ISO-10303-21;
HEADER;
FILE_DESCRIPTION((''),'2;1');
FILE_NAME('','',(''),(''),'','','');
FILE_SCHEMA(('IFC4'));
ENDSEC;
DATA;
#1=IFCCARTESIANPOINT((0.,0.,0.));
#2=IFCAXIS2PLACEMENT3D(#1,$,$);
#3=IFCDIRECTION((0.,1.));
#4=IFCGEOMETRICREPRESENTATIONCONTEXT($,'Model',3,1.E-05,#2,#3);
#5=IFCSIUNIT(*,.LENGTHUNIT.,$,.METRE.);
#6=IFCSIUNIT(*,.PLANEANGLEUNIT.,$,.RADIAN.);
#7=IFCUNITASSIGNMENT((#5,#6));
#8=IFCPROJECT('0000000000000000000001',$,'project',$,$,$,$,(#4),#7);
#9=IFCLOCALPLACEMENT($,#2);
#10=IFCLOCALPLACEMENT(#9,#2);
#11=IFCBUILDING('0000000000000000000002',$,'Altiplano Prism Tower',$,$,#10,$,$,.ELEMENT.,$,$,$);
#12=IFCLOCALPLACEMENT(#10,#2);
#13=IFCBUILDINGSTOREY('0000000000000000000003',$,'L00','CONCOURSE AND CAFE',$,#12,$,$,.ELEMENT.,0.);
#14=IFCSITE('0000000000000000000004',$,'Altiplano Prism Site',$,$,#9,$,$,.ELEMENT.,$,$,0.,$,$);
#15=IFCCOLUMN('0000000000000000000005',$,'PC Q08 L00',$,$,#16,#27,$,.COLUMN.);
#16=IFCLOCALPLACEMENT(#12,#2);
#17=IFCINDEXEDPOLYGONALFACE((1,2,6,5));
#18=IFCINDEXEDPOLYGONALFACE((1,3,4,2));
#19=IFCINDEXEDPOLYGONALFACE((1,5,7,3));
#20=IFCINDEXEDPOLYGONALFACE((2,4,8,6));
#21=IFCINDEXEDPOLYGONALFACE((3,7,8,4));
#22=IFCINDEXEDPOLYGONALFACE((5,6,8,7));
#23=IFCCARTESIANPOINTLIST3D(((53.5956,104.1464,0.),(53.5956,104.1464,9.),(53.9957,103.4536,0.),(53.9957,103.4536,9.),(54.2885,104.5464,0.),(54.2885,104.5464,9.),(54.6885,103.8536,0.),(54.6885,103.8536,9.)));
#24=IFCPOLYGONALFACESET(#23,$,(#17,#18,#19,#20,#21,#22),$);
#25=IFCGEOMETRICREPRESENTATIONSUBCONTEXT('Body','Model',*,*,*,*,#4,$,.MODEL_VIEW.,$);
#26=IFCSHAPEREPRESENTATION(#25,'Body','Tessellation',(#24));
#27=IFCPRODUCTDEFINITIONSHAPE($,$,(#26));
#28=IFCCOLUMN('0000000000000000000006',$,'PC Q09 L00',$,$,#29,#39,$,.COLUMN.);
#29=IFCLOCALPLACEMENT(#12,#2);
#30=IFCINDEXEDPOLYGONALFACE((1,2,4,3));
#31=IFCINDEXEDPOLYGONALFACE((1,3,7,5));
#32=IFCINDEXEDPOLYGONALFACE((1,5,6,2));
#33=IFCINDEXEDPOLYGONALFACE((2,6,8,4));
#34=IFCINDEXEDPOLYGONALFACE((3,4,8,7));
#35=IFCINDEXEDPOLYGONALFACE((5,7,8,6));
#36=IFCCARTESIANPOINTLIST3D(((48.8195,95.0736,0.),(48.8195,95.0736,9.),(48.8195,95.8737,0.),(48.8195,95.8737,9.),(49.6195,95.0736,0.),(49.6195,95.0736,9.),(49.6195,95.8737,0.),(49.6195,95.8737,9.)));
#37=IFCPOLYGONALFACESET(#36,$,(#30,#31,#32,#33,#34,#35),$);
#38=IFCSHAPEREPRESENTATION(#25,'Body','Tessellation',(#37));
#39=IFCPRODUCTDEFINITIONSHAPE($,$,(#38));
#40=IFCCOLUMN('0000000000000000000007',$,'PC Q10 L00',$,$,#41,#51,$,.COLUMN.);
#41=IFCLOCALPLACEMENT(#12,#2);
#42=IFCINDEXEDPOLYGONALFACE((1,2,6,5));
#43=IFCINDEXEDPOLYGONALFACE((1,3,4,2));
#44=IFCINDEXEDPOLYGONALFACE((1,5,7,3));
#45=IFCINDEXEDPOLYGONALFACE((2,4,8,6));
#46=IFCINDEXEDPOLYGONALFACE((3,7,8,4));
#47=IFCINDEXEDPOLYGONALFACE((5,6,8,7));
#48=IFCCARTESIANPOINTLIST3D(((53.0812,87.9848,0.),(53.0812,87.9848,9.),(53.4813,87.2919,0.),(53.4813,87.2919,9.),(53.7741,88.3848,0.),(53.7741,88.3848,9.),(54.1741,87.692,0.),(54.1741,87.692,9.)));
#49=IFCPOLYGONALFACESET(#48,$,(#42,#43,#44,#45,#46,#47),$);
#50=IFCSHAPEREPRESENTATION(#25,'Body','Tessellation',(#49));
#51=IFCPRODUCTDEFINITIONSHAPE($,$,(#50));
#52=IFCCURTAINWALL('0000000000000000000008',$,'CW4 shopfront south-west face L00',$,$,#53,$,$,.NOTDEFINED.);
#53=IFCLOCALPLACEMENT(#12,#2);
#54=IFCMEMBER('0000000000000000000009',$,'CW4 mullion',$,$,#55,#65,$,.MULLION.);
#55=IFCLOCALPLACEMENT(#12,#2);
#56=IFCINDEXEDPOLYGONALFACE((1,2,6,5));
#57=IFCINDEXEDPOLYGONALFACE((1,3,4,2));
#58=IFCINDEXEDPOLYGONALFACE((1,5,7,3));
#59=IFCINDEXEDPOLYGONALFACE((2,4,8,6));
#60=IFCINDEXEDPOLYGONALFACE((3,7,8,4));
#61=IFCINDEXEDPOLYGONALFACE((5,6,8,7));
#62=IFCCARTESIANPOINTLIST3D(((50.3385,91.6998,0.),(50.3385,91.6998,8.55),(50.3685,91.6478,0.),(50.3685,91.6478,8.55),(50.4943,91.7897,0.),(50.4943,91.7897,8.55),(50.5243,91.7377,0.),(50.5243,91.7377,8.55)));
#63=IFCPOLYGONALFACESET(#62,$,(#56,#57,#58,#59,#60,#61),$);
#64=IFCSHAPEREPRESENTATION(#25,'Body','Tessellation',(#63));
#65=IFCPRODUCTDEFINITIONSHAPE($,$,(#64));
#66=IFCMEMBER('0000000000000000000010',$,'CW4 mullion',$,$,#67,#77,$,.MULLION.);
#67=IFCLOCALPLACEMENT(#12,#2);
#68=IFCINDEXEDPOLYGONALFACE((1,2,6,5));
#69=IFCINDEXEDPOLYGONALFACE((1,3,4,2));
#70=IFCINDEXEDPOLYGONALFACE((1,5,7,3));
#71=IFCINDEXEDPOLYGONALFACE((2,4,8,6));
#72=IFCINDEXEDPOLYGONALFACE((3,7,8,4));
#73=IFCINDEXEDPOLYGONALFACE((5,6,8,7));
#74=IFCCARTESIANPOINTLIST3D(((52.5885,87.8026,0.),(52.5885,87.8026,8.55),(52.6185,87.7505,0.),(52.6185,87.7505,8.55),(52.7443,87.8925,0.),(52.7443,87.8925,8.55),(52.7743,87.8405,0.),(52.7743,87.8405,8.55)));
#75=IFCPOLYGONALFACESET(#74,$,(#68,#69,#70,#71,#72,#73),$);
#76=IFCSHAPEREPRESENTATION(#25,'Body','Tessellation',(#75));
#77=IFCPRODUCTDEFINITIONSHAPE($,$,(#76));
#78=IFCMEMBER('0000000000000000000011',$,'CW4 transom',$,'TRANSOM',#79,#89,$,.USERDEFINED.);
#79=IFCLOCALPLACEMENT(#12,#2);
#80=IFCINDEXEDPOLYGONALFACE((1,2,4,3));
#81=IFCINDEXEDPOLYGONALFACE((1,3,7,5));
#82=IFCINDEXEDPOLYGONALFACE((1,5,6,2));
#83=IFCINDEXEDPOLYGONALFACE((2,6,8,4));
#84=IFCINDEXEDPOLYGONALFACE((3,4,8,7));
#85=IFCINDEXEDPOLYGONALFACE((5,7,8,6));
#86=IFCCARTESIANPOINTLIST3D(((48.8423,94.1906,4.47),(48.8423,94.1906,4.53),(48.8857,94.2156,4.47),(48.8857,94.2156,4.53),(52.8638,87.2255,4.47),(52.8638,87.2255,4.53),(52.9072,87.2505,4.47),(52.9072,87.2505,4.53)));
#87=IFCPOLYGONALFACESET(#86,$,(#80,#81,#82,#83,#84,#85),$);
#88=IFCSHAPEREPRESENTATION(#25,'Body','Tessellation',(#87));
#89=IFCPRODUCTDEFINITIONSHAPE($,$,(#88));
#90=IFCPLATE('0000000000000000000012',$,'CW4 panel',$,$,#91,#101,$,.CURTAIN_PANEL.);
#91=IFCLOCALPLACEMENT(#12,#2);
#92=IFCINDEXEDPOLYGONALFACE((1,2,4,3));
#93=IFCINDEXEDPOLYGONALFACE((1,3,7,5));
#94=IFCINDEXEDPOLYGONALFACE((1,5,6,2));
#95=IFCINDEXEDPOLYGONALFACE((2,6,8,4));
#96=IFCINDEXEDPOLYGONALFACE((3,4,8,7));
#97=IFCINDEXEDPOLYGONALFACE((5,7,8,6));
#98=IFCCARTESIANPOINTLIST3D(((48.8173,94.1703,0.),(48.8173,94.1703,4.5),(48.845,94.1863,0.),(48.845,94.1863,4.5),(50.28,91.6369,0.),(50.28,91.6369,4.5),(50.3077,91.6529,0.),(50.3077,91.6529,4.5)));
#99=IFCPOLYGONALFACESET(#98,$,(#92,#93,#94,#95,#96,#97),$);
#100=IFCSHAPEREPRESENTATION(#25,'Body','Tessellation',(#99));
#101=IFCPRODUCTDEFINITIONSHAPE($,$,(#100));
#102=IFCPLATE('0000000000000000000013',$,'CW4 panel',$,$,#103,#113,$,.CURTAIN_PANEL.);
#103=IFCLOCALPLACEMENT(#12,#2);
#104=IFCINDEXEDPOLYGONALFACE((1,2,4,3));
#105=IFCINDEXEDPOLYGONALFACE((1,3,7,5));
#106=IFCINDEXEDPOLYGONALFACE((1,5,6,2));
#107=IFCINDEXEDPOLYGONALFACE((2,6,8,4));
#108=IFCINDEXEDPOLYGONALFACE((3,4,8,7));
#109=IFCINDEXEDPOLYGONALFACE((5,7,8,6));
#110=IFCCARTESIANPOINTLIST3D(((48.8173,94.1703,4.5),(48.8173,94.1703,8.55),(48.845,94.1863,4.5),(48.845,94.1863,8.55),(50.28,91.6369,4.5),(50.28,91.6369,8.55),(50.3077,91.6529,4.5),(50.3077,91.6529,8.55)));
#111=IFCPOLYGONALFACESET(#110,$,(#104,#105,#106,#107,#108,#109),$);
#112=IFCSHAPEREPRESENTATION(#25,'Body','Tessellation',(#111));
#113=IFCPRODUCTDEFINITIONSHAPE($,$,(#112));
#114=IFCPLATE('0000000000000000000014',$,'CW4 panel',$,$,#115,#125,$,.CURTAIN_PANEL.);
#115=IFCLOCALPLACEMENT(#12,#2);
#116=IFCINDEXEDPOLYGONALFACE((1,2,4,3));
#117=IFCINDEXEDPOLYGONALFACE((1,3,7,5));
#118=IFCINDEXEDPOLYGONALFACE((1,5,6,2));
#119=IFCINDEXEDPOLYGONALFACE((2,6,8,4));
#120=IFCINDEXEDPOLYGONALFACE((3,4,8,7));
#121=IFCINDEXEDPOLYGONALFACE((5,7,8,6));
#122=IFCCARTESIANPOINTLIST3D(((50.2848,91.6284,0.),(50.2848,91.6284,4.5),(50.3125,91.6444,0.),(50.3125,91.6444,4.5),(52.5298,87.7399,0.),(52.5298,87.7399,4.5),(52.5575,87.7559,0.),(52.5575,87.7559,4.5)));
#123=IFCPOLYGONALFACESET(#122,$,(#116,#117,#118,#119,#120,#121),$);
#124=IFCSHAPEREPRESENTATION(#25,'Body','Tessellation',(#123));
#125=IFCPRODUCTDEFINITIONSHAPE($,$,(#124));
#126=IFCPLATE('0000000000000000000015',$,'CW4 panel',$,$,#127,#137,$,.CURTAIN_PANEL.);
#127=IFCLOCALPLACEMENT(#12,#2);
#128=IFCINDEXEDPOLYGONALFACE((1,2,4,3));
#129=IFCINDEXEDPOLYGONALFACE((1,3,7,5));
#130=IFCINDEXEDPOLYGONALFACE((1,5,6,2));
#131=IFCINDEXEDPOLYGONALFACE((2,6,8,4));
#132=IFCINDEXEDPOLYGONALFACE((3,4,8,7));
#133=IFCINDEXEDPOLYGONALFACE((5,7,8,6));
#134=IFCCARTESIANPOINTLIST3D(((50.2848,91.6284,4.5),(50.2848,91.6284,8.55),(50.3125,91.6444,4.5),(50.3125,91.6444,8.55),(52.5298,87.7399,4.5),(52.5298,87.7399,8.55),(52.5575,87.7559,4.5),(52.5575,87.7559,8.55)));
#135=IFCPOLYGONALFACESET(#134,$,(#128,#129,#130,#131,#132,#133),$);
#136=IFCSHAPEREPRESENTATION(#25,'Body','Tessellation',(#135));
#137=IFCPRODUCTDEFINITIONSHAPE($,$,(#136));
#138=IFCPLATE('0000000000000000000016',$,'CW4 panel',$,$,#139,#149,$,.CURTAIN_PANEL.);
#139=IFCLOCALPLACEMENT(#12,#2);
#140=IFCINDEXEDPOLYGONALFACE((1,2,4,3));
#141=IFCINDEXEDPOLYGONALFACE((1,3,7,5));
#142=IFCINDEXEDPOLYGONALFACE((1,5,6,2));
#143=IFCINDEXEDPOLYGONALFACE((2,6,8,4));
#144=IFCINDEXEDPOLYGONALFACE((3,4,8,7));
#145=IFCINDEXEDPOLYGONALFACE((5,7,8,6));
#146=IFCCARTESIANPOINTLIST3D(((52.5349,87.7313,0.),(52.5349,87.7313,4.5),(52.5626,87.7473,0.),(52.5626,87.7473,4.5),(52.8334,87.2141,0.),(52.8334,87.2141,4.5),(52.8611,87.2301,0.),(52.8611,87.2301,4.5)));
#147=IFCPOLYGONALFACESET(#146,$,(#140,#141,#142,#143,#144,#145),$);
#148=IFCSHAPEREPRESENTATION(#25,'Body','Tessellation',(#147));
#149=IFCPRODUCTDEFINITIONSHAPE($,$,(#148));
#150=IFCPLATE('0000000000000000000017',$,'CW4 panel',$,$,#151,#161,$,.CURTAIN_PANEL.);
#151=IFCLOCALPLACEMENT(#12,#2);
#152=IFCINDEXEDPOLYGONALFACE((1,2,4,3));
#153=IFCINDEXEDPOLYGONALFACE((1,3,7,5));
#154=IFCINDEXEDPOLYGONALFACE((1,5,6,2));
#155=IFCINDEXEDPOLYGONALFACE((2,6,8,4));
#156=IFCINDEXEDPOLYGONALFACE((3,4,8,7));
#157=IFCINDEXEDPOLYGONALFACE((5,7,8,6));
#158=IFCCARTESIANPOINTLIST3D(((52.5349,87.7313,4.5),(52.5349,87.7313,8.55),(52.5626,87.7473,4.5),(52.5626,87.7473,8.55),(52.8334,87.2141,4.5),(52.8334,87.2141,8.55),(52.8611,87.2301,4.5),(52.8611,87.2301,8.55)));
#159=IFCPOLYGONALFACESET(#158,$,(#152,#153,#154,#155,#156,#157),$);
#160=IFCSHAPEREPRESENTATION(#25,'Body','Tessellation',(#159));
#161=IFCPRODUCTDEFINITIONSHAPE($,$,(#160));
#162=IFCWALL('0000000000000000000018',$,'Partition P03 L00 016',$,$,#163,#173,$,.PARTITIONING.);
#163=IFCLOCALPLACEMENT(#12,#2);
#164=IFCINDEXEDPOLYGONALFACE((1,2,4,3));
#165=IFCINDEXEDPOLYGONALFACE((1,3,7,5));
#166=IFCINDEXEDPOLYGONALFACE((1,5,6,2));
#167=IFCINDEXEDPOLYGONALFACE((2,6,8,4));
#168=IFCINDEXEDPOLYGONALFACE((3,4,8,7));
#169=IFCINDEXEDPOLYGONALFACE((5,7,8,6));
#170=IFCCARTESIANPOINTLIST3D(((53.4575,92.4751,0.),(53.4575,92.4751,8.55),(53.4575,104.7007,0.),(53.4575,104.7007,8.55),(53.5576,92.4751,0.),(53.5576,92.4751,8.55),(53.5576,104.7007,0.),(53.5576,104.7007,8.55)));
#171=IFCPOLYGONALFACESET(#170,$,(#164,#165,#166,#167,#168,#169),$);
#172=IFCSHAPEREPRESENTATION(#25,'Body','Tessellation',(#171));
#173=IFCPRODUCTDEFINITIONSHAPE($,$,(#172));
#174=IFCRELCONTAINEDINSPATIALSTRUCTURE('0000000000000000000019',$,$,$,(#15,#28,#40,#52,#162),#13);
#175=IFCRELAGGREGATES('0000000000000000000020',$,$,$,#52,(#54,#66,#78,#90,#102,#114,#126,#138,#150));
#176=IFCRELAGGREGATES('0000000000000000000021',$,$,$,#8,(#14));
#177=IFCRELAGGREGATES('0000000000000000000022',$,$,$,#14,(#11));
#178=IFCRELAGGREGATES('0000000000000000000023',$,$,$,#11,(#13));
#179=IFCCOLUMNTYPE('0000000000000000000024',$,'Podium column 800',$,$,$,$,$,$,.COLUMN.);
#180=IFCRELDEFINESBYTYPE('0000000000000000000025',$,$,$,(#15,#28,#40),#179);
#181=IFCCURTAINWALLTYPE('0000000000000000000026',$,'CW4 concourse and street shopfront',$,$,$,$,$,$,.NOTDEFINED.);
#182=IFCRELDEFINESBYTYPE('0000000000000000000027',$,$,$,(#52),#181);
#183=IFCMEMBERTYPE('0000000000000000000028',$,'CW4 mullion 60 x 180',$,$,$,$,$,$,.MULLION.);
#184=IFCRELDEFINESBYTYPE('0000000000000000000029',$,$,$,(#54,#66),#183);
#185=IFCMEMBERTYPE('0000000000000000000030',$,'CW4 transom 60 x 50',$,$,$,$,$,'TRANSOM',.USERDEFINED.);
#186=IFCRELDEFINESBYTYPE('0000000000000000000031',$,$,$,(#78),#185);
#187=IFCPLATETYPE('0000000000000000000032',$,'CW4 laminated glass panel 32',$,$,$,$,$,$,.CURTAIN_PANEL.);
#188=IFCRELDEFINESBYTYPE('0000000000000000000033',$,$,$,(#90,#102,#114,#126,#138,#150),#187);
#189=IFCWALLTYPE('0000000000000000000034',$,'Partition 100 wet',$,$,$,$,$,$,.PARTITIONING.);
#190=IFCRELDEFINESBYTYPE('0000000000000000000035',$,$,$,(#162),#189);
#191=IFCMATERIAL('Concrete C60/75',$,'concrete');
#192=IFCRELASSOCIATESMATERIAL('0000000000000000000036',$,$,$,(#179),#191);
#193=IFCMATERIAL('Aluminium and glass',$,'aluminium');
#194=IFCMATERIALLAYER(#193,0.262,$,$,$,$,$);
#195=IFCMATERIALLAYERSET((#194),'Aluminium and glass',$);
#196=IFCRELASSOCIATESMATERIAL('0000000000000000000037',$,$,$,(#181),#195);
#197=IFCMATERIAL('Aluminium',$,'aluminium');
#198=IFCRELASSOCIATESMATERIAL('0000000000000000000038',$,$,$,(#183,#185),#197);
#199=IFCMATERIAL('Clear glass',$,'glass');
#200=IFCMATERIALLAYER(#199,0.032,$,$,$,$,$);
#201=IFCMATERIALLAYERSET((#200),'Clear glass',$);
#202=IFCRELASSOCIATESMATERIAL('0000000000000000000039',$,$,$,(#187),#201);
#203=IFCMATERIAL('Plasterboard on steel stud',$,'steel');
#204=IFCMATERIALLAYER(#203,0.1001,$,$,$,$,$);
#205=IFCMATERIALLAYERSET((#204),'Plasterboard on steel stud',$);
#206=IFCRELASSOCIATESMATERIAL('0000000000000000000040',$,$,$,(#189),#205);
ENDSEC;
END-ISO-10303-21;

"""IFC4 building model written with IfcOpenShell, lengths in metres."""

from ifc_helpers import new_model, si_unit, direction, frame, frame_2d, origin, origin_2d, place, context, subcontext, project, spatial, rectangle, extrude, material, layer, layer_set, material_profile, profile_set, type_object, element, aggregate, save


model = new_model("IFC4")

# Units and contexts
model_context = context("Model", 3, precision=1e-05, world=origin(), true_north=direction((0.0, 1.0)))
body_context = subcontext(model_context, "Body", "Model", "MODEL_VIEW")
ifc_project = project(units=[si_unit("LENGTHUNIT", "METRE"), si_unit("PLANEANGLEUNIT", "RADIAN")], contexts=[model_context])

# Site, building, storey
site_placement = place(None, origin())
site = spatial("IfcSite", under=ifc_project, at=site_placement, Name="Altiplano Prism Site", CompositionType="ELEMENT", RefElevation=0.0)
building_placement = place(site_placement, origin())
building = spatial("IfcBuilding", under=site, at=building_placement, Name="Altiplano Prism Tower", CompositionType="ELEMENT")
storey_placement = place(building_placement, origin())
storey = spatial("IfcBuildingStorey", under=building, at=storey_placement, Name="L00", Description="CONCOURSE AND CAFE", CompositionType="ELEMENT", Elevation=0.0)

# Columns
ifc_material_1 = material(Name="Concrete C60/75", Category="concrete")
ifc_material_profile_1 = material_profile(ifc_material_1, rectangle(XDim=0.8, YDim=0.8, at=origin_2d()), Name="Podium column 800")
ifc_profile_set_1 = profile_set([ifc_material_profile_1], Name="Concrete C60/75")
column_type = type_object("IfcColumnType", Name="Podium column 800", PredefinedType="COLUMN", material=ifc_profile_set_1)
for number, where, z_axis, x_axis, name in (
    (1, (54.1421, 104.0, 0.0), (0.0, 0.0, 1.0), (0.866025, 0.5, 0.0), "PC Q08 L00"),
    (2, (49.2195, 95.4736, 0.0), (0.0, 0.0, 1.0), (1.0, 0.0, 0.0), "PC Q09 L00"),
    (3, (53.6277, 87.8384, 0.0), (0.0, 0.0, 1.0), (0.866025, 0.5, 0.0), "PC Q10 L00"),
):
    element("IfcColumn", number, at=place(storey_placement, frame(where, z_axis=z_axis, x_axis=x_axis)), inside=storey, type_object=column_type, Name=name, PredefinedType="COLUMN", context=body_context, shape_type="SweptSolid", body=[
        extrude(rectangle(XDim=0.8, YDim=0.8, at=origin_2d()), origin(), (0.0, 0.0, 1.0), 9.0),
    ])

# Curtain wall, members, plates
ifc_material_2 = material(Name="Aluminium and glass", Category="aluminium")
ifc_layer_1 = layer(ifc_material_2, 0.262)
ifc_layer_set_1 = layer_set([ifc_layer_1], Name="Aluminium and glass")
curtain_wall_type = type_object("IfcCurtainWallType", Name="CW4 concourse and street shopfront", PredefinedType="NOTDEFINED", material=ifc_layer_set_1)
curtain_wall_placement = place(storey_placement, origin())
curtain_wall = element("IfcCurtainWall", 4, at=curtain_wall_placement, inside=storey, type_object=curtain_wall_type, Name="CW4 shopfront south-west face L00", PredefinedType="NOTDEFINED")
ifc_material_3 = material(Name="Aluminium", Category="aluminium")
ifc_material_profile_2 = material_profile(ifc_material_3, rectangle(XDim=0.1799, YDim=0.0601, at=origin_2d()), Name="CW4 mullion 60 x 180")
ifc_profile_set_2 = profile_set([ifc_material_profile_2], Name="Aluminium")
member_type_1 = type_object("IfcMemberType", Name="CW4 mullion 60 x 180", PredefinedType="MULLION", material=ifc_profile_set_2)
member_1_placement = place(storey_placement, frame((50.4314, 91.7188, 0.0), z_axis=(0.0, 0.0, 1.0), x_axis=(0.866025, 0.5, 0.0)))
member_1 = element("IfcMember", 5, at=member_1_placement, type_object=member_type_1, Name="CW4 mullion", PredefinedType="MULLION", context=body_context, shape_type="SweptSolid", body=[
    extrude(rectangle(XDim=0.1799, YDim=0.0601, at=origin_2d()), origin(), (0.0, 0.0, 1.0), 8.55),
])
member_2_placement = place(storey_placement, frame((52.6814, 87.8215, 0.0), z_axis=(0.0, 0.0, 1.0), x_axis=(0.866025, 0.5, 0.0)))
member_2 = element("IfcMember", 6, at=member_2_placement, type_object=member_type_1, Name="CW4 mullion", PredefinedType="MULLION", context=body_context, shape_type="SweptSolid", body=[
    extrude(rectangle(XDim=0.1799, YDim=0.0601, at=origin_2d()), origin(), (0.0, 0.0, 1.0), 8.55),
])
ifc_material_profile_3 = material_profile(ifc_material_3, rectangle(XDim=0.05, YDim=0.0601, at=origin_2d()), Name="CW4 transom 60 x 50")
ifc_profile_set_3 = profile_set([ifc_material_profile_3], Name="Aluminium")
member_type_2 = type_object("IfcMemberType", Name="CW4 transom 60 x 50", ElementType="TRANSOM", PredefinedType="USERDEFINED", material=ifc_profile_set_3)
member_3_placement = place(storey_placement, frame((48.864, 94.2031, 4.5), z_axis=(0.500018, -0.866015, 0.0), x_axis=(0.866015, 0.500018, 0.0)))
member_3 = element("IfcMember", 7, at=member_3_placement, type_object=member_type_2, Name="CW4 transom", ObjectType="TRANSOM", PredefinedType="USERDEFINED", context=body_context, shape_type="SweptSolid", body=[
    extrude(rectangle(XDim=0.05, YDim=0.0601, at=origin_2d()), origin(), (0.0, 0.0, 1.0), 8.0427),
])
ifc_material_4 = material(Name="Clear glass", Category="glass")
ifc_layer_2 = layer(ifc_material_4, 0.032)
ifc_layer_set_2 = layer_set([ifc_layer_2], Name="Clear glass")
plate_type = type_object("IfcPlateType", Name="CW4 laminated glass panel 32", PredefinedType="CURTAIN_PANEL", material=ifc_layer_set_2)
plate_1_placement = place(storey_placement, frame((49.5625, 92.9116, 0.0), z_axis=(0.0, 0.0, 1.0), x_axis=(0.5, -0.866025, 0.0)))
plate_1 = element("IfcPlate", 8, at=plate_1_placement, type_object=plate_type, Name="CW4 panel", PredefinedType="CURTAIN_PANEL", context=body_context, shape_type="SweptSolid", body=[
    extrude(rectangle(XDim=2.9253, YDim=0.032, at=origin_2d()), origin(), (0.0, 0.0, 1.0), 4.5),
])
plate_2_placement = place(storey_placement, frame((49.5625, 92.9116, 4.5), z_axis=(0.0, 0.0, 1.0), x_axis=(0.5, -0.866025, 0.0)))
plate_2 = element("IfcPlate", 9, at=plate_2_placement, type_object=plate_type, Name="CW4 panel", PredefinedType="CURTAIN_PANEL", context=body_context, shape_type="SweptSolid", body=[
    extrude(rectangle(XDim=2.9253, YDim=0.032, at=origin_2d()), origin(), (0.0, 0.0, 1.0), 4.05),
])
plate_3_placement = place(storey_placement, frame((51.4211, 89.6921, 0.0), z_axis=(0.0, 0.0, 1.0), x_axis=(0.5, -0.866025, 0.0)))
plate_3 = element("IfcPlate", 10, at=plate_3_placement, type_object=plate_type, Name="CW4 panel", PredefinedType="CURTAIN_PANEL", context=body_context, shape_type="SweptSolid", body=[
    extrude(rectangle(XDim=4.49, YDim=0.032, at=origin_2d()), origin(), (0.0, 0.0, 1.0), 4.5),
])
plate_4_placement = place(storey_placement, frame((51.4211, 89.6921, 4.5), z_axis=(0.0, 0.0, 1.0), x_axis=(0.5, -0.866025, 0.0)))
plate_4 = element("IfcPlate", 11, at=plate_4_placement, type_object=plate_type, Name="CW4 panel", PredefinedType="CURTAIN_PANEL", context=body_context, shape_type="SweptSolid", body=[
    extrude(rectangle(XDim=4.49, YDim=0.032, at=origin_2d()), origin(), (0.0, 0.0, 1.0), 4.05),
])
plate_5_placement = place(storey_placement, frame((52.698, 87.4807, 0.0), z_axis=(0.0, 0.0, 1.0), x_axis=(0.5, -0.866025, 0.0)))
plate_5 = element("IfcPlate", 12, at=plate_5_placement, type_object=plate_type, Name="CW4 panel", PredefinedType="CURTAIN_PANEL", context=body_context, shape_type="SweptSolid", body=[
    extrude(rectangle(XDim=0.5972, YDim=0.032, at=origin_2d()), origin(), (0.0, 0.0, 1.0), 4.5),
])
plate_6_placement = place(storey_placement, frame((52.698, 87.4807, 4.5), z_axis=(0.0, 0.0, 1.0), x_axis=(0.5, -0.866025, 0.0)))
plate_6 = element("IfcPlate", 13, at=plate_6_placement, type_object=plate_type, Name="CW4 panel", PredefinedType="CURTAIN_PANEL", context=body_context, shape_type="SweptSolid", body=[
    extrude(rectangle(XDim=0.5972, YDim=0.032, at=origin_2d()), origin(), (0.0, 0.0, 1.0), 4.05),
])
aggregate(curtain_wall, [member_1, member_2, member_3, plate_1, plate_2, plate_3, plate_4, plate_5, plate_6])

# Wall
ifc_material_5 = material(Name="Plasterboard on steel stud", Category="steel")
ifc_layer_3 = layer(ifc_material_5, 0.1001)
ifc_layer_set_3 = layer_set([ifc_layer_3], Name="Plasterboard on steel stud")
wall_type_1 = type_object("IfcWallType", Name="Partition 100 wet", PredefinedType="PARTITIONING", material=ifc_layer_set_3)
wall_1_placement = place(storey_placement, frame((53.5076, 104.7007, 0.0), z_axis=(0.0, 0.0, 1.0), x_axis=(0.0, -1.0, 0.0)))
element("IfcWall", 14, at=wall_1_placement, inside=storey, type_object=wall_type_1, Name="Partition P03 L00 016", PredefinedType="PARTITIONING", context=body_context, shape_type="SweptSolid", body=[
    extrude(rectangle(XDim=12.2256, YDim=0.1001, at=frame_2d((6.1128, 0.0))), origin(), (0.0, 0.0, 1.0), 8.55),
])

save(model, "model.ifc")
